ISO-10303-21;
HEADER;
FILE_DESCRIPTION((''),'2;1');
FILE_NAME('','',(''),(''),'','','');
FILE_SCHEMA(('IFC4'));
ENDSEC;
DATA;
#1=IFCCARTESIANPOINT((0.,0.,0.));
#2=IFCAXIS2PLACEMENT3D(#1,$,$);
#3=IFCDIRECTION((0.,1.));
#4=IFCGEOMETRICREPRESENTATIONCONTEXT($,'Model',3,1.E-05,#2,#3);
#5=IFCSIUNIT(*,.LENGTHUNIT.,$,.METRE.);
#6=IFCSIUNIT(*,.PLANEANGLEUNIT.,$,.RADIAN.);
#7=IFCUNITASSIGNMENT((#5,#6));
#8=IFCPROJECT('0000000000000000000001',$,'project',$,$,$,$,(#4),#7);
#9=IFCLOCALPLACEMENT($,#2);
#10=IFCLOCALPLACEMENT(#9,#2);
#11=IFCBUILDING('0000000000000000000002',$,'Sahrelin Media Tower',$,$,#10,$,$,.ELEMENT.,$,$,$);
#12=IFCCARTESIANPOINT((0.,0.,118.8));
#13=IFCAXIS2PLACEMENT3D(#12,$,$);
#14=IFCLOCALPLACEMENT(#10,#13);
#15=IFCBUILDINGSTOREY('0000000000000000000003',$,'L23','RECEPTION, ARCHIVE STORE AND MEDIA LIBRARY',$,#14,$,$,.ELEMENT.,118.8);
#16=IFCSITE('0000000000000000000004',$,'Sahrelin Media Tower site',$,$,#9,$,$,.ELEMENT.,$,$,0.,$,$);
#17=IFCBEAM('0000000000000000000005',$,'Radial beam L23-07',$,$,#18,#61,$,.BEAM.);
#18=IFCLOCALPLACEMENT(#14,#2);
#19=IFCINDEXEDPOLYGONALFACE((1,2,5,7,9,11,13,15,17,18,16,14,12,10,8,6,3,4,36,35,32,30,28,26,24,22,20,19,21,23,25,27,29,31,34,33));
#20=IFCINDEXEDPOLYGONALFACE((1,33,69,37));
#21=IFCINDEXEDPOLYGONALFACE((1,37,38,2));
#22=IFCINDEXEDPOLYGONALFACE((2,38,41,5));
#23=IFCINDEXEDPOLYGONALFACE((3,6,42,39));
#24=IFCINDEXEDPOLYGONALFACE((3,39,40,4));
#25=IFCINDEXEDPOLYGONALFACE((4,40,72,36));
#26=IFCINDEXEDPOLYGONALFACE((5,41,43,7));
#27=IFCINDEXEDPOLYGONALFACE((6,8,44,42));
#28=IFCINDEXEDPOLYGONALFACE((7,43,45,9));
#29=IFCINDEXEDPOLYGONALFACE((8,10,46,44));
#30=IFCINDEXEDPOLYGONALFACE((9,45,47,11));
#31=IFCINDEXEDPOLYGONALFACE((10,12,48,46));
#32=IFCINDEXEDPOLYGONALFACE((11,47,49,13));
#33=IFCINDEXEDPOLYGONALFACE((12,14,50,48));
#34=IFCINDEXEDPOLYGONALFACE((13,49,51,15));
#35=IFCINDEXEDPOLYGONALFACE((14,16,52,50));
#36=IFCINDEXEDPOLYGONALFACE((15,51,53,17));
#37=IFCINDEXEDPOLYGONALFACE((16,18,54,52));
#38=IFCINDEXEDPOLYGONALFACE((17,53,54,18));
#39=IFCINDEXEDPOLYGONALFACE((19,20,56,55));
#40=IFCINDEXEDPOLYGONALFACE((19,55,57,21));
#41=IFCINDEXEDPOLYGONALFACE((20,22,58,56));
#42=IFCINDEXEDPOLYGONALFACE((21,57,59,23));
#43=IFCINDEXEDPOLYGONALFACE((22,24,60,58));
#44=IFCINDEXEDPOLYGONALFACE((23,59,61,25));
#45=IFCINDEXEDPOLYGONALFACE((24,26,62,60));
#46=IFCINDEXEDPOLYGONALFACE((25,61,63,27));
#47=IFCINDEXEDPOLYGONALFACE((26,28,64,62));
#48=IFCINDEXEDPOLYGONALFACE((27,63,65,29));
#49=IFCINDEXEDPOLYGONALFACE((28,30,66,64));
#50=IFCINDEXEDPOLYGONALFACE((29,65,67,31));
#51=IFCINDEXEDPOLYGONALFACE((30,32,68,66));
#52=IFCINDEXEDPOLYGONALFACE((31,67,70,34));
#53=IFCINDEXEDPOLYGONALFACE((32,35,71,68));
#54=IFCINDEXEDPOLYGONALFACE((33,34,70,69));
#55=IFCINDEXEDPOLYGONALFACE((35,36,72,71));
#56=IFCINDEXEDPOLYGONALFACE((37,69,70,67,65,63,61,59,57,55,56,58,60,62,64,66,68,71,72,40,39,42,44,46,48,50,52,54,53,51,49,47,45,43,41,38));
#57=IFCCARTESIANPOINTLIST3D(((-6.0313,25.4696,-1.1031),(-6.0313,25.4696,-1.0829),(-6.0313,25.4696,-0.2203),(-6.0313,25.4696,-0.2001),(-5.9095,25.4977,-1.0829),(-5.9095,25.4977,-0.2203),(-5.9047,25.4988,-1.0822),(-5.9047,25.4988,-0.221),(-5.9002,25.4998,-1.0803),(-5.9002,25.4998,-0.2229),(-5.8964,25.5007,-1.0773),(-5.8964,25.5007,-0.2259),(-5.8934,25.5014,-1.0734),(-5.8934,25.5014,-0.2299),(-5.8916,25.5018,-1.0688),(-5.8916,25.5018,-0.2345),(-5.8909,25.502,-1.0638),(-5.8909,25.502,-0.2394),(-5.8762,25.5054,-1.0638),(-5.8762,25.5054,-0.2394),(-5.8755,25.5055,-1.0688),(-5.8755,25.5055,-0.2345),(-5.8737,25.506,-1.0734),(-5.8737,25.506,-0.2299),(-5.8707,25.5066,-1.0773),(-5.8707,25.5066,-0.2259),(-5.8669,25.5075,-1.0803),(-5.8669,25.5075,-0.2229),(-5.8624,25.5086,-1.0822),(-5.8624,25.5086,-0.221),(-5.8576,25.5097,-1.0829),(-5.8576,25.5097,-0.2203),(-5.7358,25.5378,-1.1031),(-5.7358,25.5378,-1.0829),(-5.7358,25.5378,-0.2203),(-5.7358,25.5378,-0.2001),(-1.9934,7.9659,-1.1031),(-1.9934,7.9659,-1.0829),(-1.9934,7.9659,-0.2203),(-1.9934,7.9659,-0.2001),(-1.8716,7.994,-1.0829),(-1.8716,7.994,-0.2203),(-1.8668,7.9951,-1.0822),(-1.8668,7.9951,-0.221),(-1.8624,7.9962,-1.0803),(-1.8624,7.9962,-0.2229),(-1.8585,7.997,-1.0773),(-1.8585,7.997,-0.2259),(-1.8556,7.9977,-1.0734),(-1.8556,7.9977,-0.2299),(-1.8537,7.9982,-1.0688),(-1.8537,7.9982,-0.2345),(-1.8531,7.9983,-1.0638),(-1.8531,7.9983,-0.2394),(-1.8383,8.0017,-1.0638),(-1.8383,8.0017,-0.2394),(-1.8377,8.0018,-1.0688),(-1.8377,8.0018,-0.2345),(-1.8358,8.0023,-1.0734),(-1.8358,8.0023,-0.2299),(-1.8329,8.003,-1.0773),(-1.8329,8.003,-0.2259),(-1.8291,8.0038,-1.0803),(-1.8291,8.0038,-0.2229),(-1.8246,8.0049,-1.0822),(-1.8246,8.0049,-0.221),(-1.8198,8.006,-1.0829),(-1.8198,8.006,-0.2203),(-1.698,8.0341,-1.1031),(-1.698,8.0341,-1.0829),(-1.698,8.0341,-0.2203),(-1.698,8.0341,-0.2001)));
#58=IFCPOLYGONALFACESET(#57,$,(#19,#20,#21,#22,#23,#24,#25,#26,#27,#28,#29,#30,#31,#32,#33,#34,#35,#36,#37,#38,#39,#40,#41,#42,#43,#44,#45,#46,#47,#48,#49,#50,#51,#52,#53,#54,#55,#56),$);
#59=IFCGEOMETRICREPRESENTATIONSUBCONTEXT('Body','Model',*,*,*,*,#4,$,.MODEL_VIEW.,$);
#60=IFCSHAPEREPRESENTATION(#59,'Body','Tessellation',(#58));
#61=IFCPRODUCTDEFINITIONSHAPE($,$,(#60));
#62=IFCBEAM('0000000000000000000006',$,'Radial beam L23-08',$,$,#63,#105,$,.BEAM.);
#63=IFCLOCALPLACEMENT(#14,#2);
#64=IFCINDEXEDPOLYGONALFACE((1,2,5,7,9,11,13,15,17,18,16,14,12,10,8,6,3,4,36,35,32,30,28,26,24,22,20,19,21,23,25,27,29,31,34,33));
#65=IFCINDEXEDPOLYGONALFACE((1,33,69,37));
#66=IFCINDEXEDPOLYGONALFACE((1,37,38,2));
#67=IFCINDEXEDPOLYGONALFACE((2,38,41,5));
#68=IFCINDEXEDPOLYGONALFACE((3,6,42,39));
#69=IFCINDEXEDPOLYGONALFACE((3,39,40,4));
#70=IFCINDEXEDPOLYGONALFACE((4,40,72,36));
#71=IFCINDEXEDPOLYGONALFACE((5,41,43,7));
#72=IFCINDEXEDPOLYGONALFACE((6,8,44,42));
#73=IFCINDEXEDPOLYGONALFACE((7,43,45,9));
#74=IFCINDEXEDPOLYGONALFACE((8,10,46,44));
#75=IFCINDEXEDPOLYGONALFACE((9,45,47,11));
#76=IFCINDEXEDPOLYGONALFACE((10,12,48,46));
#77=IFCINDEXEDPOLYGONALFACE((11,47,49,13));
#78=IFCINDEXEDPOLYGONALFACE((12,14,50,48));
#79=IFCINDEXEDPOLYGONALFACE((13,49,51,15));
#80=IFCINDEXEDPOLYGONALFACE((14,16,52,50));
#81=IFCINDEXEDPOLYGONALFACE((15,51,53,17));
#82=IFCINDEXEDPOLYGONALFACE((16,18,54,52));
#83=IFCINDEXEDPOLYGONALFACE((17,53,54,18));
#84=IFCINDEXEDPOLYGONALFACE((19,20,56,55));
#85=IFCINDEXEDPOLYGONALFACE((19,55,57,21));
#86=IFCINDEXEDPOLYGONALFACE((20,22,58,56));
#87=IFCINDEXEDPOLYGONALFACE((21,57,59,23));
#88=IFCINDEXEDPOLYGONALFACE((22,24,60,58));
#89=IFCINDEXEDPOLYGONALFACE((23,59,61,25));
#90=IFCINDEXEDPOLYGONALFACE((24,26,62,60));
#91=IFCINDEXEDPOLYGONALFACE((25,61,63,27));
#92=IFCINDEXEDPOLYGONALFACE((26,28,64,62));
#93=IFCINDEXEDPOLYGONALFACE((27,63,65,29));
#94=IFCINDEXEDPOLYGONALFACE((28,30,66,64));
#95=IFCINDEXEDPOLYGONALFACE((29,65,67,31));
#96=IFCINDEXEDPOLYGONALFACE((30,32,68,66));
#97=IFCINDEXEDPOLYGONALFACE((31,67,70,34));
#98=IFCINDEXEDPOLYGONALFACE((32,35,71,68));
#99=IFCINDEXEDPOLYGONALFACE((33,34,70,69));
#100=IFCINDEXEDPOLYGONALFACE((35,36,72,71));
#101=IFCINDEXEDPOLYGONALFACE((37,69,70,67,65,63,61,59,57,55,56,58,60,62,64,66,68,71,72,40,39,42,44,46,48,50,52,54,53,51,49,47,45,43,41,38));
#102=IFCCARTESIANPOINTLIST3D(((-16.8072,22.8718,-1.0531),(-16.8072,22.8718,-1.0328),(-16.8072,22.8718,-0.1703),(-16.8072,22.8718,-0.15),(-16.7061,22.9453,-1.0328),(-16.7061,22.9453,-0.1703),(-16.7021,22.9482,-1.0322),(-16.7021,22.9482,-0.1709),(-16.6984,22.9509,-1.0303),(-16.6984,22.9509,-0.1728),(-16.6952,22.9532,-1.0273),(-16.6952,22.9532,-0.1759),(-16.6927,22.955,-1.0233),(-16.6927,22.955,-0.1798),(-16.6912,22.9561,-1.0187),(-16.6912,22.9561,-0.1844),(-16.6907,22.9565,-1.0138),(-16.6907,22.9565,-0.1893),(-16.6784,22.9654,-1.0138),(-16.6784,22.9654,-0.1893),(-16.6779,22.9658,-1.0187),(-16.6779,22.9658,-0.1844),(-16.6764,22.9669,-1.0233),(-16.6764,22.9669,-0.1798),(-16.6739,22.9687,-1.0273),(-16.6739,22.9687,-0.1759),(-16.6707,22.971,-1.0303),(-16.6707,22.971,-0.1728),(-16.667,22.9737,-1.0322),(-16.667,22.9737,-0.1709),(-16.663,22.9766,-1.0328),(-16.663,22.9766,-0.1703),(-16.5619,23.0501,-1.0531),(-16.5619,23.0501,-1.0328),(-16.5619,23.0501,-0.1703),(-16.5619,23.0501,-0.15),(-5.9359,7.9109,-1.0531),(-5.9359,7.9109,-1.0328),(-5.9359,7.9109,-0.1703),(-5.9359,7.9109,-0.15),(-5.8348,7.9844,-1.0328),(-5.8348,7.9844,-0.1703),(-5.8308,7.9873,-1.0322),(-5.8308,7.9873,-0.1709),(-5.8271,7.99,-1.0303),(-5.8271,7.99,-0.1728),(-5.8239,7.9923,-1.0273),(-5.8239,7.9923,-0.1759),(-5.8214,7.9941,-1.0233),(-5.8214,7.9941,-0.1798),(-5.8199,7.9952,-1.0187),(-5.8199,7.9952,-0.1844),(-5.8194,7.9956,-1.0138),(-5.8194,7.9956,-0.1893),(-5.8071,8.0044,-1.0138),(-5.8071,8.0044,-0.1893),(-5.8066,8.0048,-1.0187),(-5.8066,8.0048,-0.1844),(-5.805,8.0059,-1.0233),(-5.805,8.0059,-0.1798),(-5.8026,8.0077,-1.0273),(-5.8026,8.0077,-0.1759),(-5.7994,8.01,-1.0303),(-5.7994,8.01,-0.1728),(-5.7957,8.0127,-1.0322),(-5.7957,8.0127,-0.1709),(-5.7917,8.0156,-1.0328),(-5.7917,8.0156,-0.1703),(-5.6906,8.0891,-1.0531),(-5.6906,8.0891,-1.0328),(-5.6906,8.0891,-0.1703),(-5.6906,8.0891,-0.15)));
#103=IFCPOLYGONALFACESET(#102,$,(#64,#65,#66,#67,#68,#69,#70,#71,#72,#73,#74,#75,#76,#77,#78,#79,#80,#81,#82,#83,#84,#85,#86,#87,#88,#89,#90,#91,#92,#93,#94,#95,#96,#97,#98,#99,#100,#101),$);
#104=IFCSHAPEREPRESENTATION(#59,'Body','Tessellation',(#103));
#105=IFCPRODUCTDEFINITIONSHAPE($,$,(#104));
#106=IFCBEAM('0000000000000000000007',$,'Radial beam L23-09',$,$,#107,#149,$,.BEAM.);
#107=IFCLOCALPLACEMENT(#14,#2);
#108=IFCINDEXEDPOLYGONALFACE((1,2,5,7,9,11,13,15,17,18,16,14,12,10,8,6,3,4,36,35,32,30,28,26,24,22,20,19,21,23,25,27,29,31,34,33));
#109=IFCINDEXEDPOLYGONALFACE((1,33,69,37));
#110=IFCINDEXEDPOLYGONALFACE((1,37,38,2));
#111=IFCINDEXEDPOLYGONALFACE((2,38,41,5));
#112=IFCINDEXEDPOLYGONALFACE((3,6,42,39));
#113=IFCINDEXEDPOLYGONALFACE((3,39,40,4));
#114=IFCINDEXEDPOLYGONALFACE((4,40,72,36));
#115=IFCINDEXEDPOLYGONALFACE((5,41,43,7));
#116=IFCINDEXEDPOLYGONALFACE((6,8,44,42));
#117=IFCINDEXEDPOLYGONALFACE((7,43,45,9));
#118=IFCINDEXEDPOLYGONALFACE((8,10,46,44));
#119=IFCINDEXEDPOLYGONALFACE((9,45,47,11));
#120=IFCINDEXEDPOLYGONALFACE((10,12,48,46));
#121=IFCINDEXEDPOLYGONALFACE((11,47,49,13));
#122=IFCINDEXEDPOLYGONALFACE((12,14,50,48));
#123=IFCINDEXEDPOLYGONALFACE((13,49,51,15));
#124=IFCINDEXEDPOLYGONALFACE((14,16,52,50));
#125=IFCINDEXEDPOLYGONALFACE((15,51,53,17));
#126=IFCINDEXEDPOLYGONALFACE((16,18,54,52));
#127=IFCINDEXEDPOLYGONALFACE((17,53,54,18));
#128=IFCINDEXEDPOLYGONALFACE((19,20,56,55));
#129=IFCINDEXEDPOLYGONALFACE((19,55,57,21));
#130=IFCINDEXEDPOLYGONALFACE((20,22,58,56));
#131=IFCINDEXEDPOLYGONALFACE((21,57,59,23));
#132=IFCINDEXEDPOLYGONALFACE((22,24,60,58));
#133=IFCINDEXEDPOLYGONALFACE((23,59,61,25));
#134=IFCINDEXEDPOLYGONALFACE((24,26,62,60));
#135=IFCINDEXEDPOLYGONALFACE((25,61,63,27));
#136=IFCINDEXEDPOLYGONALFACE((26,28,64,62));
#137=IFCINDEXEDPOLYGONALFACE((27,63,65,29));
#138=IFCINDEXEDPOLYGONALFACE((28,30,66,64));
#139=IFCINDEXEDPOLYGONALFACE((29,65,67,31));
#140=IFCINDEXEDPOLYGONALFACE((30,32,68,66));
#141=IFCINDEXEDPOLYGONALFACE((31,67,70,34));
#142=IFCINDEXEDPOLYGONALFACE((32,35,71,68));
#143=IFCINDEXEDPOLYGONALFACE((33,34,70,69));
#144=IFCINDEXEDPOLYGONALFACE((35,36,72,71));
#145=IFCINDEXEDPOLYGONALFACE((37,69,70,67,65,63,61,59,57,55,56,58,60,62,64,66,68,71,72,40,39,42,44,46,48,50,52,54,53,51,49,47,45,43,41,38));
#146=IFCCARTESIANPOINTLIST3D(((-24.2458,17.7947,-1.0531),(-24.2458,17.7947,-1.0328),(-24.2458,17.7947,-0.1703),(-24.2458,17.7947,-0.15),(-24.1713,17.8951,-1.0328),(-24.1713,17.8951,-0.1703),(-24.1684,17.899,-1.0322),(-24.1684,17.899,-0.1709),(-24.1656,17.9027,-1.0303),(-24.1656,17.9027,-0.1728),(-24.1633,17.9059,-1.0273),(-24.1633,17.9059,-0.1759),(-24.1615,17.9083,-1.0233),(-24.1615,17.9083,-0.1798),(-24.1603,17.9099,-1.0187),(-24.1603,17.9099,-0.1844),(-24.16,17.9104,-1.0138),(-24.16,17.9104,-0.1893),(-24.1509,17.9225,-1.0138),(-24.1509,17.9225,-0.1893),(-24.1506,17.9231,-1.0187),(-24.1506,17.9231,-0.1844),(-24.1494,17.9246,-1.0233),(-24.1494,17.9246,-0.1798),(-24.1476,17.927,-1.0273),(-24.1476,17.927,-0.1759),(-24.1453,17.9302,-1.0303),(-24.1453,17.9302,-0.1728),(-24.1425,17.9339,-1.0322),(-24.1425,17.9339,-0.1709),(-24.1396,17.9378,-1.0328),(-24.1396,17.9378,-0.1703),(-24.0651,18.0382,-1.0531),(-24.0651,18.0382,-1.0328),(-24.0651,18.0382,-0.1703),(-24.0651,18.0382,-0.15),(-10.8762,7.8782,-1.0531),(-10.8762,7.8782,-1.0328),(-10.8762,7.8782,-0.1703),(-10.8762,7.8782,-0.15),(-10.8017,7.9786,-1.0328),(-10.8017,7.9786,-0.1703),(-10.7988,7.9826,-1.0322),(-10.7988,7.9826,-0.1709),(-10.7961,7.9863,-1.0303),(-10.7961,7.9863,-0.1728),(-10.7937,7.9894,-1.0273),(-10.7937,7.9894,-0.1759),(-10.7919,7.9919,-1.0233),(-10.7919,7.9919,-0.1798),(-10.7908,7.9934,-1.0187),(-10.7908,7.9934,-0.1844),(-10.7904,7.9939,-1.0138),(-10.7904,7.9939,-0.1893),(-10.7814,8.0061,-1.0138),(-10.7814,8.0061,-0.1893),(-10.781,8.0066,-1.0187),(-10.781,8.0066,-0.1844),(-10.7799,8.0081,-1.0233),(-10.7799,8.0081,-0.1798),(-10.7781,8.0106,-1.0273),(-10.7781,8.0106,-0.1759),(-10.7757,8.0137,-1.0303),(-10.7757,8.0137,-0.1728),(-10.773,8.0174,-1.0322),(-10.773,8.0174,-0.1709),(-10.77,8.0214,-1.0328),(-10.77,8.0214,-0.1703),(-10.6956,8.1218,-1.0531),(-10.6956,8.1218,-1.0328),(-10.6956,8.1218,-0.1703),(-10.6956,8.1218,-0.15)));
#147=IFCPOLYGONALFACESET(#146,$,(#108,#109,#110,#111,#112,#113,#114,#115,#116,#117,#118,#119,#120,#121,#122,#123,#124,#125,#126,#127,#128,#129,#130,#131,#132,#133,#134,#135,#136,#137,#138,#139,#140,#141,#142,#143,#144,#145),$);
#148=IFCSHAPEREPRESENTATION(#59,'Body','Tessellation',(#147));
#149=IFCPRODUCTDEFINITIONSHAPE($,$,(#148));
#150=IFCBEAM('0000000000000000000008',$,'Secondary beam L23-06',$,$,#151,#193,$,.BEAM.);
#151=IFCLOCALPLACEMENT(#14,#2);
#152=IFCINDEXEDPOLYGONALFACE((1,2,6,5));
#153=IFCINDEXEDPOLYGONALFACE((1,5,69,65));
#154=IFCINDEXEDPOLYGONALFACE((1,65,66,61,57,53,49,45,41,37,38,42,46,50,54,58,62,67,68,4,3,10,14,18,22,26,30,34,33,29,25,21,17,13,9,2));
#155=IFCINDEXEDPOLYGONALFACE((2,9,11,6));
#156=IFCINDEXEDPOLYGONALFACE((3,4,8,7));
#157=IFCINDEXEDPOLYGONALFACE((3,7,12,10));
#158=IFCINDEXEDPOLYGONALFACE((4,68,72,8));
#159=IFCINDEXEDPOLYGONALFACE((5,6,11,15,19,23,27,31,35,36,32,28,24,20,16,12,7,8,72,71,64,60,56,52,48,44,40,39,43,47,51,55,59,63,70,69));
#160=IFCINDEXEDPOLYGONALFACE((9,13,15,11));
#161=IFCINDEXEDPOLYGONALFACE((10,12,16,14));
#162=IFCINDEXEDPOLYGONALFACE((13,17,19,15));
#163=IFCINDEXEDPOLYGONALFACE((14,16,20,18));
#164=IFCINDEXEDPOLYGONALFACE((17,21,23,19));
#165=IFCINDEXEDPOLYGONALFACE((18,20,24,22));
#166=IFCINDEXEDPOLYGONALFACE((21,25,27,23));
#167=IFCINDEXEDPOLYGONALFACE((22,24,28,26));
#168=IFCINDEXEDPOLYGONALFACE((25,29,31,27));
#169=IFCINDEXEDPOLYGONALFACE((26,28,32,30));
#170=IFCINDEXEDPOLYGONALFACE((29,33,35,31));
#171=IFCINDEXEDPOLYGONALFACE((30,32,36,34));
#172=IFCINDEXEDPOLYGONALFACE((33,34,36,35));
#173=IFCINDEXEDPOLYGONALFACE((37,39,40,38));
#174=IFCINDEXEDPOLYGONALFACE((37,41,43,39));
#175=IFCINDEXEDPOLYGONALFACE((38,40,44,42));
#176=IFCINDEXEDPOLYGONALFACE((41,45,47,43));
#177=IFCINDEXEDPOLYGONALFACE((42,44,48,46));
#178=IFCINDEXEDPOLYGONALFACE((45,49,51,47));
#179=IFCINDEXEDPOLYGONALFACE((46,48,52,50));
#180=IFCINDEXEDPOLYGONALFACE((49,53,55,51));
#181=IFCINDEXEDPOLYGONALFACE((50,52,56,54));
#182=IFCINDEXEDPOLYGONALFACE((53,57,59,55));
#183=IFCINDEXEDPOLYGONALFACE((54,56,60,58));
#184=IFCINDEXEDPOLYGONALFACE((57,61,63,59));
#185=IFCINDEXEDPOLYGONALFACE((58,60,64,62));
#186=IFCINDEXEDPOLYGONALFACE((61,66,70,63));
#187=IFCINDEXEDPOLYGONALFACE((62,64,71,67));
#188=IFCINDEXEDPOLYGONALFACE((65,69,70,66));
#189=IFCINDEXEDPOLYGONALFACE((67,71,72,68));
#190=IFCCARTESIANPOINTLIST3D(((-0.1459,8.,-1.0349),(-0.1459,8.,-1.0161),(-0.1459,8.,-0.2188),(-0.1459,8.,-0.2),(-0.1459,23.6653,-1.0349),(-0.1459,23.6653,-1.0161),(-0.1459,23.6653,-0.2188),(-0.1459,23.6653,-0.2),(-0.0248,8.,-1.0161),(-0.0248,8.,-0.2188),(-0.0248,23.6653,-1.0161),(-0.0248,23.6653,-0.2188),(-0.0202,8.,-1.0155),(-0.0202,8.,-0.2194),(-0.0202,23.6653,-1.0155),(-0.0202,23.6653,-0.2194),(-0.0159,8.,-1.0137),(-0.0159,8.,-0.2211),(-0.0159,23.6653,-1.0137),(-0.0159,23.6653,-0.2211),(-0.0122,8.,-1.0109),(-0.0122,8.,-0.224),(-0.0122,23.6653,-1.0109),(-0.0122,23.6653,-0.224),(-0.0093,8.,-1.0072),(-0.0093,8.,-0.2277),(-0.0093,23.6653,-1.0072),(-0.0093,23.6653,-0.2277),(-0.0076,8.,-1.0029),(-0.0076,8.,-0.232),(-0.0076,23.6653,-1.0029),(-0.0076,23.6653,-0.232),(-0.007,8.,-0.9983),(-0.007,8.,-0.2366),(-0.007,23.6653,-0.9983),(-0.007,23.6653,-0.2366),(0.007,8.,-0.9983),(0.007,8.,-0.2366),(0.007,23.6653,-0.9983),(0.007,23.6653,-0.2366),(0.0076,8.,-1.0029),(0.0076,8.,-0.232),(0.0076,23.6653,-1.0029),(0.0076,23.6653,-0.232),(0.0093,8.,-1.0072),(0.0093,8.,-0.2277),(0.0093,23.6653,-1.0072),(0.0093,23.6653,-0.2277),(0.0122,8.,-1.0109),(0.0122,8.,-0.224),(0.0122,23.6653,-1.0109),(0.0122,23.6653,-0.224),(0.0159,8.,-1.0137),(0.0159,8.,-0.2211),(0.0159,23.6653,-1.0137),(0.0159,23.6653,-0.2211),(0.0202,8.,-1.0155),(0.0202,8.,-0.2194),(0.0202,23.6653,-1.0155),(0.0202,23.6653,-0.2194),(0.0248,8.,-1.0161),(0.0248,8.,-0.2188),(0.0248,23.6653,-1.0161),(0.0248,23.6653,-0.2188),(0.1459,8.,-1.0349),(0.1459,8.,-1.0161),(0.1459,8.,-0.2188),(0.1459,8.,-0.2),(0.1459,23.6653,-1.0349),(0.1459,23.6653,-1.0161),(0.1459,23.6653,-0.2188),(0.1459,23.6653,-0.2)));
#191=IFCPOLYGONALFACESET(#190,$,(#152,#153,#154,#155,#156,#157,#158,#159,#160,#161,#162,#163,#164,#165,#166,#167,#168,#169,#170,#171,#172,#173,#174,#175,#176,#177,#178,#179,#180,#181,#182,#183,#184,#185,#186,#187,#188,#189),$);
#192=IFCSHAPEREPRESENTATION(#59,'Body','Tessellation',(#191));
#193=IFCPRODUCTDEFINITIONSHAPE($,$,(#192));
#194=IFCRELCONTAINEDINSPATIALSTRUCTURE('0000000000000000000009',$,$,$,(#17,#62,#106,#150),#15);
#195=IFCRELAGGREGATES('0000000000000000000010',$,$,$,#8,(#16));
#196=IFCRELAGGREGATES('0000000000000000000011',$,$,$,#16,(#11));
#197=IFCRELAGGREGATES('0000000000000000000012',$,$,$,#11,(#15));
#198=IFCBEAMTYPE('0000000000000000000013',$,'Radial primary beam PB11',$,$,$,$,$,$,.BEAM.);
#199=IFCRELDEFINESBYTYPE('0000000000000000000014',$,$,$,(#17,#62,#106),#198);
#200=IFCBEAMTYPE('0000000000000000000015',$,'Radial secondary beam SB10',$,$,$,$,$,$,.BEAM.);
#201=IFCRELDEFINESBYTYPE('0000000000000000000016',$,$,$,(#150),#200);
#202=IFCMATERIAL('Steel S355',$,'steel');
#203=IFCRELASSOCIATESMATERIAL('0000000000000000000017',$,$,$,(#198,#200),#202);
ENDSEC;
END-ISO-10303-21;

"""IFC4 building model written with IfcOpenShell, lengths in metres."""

from ifc_helpers import new_model, si_unit, direction, frame, origin, origin_2d, place, context, subcontext, project, spatial, i_section, extrude, material, material_profile, profile_set, type_object, element, save


model = new_model("IFC4")

# Units and contexts
model_context = context("Model", 3, precision=1e-05, world=origin(), true_north=direction((0.0, 1.0)))
body_context = subcontext(model_context, "Body", "Model", "MODEL_VIEW")
ifc_project = project(units=[si_unit("LENGTHUNIT", "METRE"), si_unit("PLANEANGLEUNIT", "RADIAN")], contexts=[model_context])

# Site, building, storey
site_placement = place(None, origin())
site = spatial("IfcSite", under=ifc_project, at=site_placement, Name="Sahrelin Media Tower site", CompositionType="ELEMENT", RefElevation=0.0)
building_placement = place(site_placement, origin())
building = spatial("IfcBuilding", under=site, at=building_placement, Name="Sahrelin Media Tower", CompositionType="ELEMENT")
storey_placement = place(building_placement, frame((0.0, 0.0, 118.8)))
storey = spatial("IfcBuildingStorey", under=building, at=storey_placement, Name="L23", Description="RECEPTION, ARCHIVE STORE AND MEDIA LIBRARY", CompositionType="ELEMENT", Elevation=118.8)

# Beams
ifc_material_1 = material(Name="Steel S355", Category="steel")
ifc_material_profile_1 = material_profile(ifc_material_1, i_section(OverallWidth=0.3032, OverallDepth=0.9031, WebThickness=0.0151, FlangeThickness=0.0203, FilletRadius=0.019, at=origin_2d()), Name="UB 914x305x201")
ifc_profile_set_1 = profile_set([ifc_material_profile_1], Name="Steel S355")
beam_type_1 = type_object("IfcBeamType", Name="Radial primary beam PB11", PredefinedType="BEAM", material=ifc_profile_set_1)
beam_1_placement = place(storey_placement, frame((-1.8457, 8.0, -0.6516), z_axis=(-0.224782, 0.974409, 0.0), x_axis=(-0.974409, -0.224782, 0.0)))
element("IfcBeam", 1, at=beam_1_placement, inside=storey, type_object=beam_type_1, Name="Radial beam L23-07", PredefinedType="BEAM", context=body_context, shape_type="SweptSolid", body=[
    extrude(i_section(OverallWidth=0.3032, OverallDepth=0.9031, WebThickness=0.0151, FlangeThickness=0.0203, FilletRadius=0.019, at=origin_2d()), origin(), (0.0, 0.0, 1.0), 17.9634),
])
beam_2_placement = place(storey_placement, frame((-5.8132, 8.0, -0.6016), z_axis=(-0.587841, 0.808976, 0.0), x_axis=(-0.808976, -0.587841, 0.0)))
element("IfcBeam", 2, at=beam_2_placement, inside=storey, type_object=beam_type_1, Name="Radial beam L23-08", PredefinedType="BEAM", context=body_context, shape_type="SweptSolid", body=[
    extrude(i_section(OverallWidth=0.3032, OverallDepth=0.9031, WebThickness=0.0151, FlangeThickness=0.0203, FilletRadius=0.019, at=origin_2d()), origin(), (0.0, 0.0, 1.0), 18.4937),
])
beam_3_placement = place(storey_placement, frame((-10.7859, 8.0, -0.6016), z_axis=(-0.803181, 0.595735, 0.0), x_axis=(-0.595735, -0.803181, 0.0)))
element("IfcBeam", 3, at=beam_3_placement, inside=storey, type_object=beam_type_1, Name="Radial beam L23-09", PredefinedType="BEAM", context=body_context, shape_type="SweptSolid", body=[
    extrude(i_section(OverallWidth=0.3032, OverallDepth=0.9031, WebThickness=0.0151, FlangeThickness=0.0203, FilletRadius=0.019, at=origin_2d()), origin(), (0.0, 0.0, 1.0), 16.6458),
])
ifc_material_profile_2 = material_profile(ifc_material_1, i_section(OverallWidth=0.2917, OverallDepth=0.835, WebThickness=0.0139, FlangeThickness=0.0188, FilletRadius=0.0178, at=origin_2d()), Name="UB 838x292x176")
ifc_profile_set_2 = profile_set([ifc_material_profile_2], Name="Steel S355")
beam_type_2 = type_object("IfcBeamType", Name="Radial secondary beam SB10", PredefinedType="BEAM", material=ifc_profile_set_2)
beam_4_placement = place(storey_placement, frame((0.0, 8.0, -0.6174), z_axis=(0.0, 1.0, 0.0), x_axis=(-1.0, 0.0, 0.0)))
element("IfcBeam", 4, at=beam_4_placement, inside=storey, type_object=beam_type_2, Name="Secondary beam L23-06", PredefinedType="BEAM", context=body_context, shape_type="SweptSolid", body=[
    extrude(i_section(OverallWidth=0.2917, OverallDepth=0.835, WebThickness=0.0139, FlangeThickness=0.0188, FilletRadius=0.0178, at=origin_2d()), origin(), (0.0, 0.0, 1.0), 15.6653),
])

save(model, "model.ifc")
